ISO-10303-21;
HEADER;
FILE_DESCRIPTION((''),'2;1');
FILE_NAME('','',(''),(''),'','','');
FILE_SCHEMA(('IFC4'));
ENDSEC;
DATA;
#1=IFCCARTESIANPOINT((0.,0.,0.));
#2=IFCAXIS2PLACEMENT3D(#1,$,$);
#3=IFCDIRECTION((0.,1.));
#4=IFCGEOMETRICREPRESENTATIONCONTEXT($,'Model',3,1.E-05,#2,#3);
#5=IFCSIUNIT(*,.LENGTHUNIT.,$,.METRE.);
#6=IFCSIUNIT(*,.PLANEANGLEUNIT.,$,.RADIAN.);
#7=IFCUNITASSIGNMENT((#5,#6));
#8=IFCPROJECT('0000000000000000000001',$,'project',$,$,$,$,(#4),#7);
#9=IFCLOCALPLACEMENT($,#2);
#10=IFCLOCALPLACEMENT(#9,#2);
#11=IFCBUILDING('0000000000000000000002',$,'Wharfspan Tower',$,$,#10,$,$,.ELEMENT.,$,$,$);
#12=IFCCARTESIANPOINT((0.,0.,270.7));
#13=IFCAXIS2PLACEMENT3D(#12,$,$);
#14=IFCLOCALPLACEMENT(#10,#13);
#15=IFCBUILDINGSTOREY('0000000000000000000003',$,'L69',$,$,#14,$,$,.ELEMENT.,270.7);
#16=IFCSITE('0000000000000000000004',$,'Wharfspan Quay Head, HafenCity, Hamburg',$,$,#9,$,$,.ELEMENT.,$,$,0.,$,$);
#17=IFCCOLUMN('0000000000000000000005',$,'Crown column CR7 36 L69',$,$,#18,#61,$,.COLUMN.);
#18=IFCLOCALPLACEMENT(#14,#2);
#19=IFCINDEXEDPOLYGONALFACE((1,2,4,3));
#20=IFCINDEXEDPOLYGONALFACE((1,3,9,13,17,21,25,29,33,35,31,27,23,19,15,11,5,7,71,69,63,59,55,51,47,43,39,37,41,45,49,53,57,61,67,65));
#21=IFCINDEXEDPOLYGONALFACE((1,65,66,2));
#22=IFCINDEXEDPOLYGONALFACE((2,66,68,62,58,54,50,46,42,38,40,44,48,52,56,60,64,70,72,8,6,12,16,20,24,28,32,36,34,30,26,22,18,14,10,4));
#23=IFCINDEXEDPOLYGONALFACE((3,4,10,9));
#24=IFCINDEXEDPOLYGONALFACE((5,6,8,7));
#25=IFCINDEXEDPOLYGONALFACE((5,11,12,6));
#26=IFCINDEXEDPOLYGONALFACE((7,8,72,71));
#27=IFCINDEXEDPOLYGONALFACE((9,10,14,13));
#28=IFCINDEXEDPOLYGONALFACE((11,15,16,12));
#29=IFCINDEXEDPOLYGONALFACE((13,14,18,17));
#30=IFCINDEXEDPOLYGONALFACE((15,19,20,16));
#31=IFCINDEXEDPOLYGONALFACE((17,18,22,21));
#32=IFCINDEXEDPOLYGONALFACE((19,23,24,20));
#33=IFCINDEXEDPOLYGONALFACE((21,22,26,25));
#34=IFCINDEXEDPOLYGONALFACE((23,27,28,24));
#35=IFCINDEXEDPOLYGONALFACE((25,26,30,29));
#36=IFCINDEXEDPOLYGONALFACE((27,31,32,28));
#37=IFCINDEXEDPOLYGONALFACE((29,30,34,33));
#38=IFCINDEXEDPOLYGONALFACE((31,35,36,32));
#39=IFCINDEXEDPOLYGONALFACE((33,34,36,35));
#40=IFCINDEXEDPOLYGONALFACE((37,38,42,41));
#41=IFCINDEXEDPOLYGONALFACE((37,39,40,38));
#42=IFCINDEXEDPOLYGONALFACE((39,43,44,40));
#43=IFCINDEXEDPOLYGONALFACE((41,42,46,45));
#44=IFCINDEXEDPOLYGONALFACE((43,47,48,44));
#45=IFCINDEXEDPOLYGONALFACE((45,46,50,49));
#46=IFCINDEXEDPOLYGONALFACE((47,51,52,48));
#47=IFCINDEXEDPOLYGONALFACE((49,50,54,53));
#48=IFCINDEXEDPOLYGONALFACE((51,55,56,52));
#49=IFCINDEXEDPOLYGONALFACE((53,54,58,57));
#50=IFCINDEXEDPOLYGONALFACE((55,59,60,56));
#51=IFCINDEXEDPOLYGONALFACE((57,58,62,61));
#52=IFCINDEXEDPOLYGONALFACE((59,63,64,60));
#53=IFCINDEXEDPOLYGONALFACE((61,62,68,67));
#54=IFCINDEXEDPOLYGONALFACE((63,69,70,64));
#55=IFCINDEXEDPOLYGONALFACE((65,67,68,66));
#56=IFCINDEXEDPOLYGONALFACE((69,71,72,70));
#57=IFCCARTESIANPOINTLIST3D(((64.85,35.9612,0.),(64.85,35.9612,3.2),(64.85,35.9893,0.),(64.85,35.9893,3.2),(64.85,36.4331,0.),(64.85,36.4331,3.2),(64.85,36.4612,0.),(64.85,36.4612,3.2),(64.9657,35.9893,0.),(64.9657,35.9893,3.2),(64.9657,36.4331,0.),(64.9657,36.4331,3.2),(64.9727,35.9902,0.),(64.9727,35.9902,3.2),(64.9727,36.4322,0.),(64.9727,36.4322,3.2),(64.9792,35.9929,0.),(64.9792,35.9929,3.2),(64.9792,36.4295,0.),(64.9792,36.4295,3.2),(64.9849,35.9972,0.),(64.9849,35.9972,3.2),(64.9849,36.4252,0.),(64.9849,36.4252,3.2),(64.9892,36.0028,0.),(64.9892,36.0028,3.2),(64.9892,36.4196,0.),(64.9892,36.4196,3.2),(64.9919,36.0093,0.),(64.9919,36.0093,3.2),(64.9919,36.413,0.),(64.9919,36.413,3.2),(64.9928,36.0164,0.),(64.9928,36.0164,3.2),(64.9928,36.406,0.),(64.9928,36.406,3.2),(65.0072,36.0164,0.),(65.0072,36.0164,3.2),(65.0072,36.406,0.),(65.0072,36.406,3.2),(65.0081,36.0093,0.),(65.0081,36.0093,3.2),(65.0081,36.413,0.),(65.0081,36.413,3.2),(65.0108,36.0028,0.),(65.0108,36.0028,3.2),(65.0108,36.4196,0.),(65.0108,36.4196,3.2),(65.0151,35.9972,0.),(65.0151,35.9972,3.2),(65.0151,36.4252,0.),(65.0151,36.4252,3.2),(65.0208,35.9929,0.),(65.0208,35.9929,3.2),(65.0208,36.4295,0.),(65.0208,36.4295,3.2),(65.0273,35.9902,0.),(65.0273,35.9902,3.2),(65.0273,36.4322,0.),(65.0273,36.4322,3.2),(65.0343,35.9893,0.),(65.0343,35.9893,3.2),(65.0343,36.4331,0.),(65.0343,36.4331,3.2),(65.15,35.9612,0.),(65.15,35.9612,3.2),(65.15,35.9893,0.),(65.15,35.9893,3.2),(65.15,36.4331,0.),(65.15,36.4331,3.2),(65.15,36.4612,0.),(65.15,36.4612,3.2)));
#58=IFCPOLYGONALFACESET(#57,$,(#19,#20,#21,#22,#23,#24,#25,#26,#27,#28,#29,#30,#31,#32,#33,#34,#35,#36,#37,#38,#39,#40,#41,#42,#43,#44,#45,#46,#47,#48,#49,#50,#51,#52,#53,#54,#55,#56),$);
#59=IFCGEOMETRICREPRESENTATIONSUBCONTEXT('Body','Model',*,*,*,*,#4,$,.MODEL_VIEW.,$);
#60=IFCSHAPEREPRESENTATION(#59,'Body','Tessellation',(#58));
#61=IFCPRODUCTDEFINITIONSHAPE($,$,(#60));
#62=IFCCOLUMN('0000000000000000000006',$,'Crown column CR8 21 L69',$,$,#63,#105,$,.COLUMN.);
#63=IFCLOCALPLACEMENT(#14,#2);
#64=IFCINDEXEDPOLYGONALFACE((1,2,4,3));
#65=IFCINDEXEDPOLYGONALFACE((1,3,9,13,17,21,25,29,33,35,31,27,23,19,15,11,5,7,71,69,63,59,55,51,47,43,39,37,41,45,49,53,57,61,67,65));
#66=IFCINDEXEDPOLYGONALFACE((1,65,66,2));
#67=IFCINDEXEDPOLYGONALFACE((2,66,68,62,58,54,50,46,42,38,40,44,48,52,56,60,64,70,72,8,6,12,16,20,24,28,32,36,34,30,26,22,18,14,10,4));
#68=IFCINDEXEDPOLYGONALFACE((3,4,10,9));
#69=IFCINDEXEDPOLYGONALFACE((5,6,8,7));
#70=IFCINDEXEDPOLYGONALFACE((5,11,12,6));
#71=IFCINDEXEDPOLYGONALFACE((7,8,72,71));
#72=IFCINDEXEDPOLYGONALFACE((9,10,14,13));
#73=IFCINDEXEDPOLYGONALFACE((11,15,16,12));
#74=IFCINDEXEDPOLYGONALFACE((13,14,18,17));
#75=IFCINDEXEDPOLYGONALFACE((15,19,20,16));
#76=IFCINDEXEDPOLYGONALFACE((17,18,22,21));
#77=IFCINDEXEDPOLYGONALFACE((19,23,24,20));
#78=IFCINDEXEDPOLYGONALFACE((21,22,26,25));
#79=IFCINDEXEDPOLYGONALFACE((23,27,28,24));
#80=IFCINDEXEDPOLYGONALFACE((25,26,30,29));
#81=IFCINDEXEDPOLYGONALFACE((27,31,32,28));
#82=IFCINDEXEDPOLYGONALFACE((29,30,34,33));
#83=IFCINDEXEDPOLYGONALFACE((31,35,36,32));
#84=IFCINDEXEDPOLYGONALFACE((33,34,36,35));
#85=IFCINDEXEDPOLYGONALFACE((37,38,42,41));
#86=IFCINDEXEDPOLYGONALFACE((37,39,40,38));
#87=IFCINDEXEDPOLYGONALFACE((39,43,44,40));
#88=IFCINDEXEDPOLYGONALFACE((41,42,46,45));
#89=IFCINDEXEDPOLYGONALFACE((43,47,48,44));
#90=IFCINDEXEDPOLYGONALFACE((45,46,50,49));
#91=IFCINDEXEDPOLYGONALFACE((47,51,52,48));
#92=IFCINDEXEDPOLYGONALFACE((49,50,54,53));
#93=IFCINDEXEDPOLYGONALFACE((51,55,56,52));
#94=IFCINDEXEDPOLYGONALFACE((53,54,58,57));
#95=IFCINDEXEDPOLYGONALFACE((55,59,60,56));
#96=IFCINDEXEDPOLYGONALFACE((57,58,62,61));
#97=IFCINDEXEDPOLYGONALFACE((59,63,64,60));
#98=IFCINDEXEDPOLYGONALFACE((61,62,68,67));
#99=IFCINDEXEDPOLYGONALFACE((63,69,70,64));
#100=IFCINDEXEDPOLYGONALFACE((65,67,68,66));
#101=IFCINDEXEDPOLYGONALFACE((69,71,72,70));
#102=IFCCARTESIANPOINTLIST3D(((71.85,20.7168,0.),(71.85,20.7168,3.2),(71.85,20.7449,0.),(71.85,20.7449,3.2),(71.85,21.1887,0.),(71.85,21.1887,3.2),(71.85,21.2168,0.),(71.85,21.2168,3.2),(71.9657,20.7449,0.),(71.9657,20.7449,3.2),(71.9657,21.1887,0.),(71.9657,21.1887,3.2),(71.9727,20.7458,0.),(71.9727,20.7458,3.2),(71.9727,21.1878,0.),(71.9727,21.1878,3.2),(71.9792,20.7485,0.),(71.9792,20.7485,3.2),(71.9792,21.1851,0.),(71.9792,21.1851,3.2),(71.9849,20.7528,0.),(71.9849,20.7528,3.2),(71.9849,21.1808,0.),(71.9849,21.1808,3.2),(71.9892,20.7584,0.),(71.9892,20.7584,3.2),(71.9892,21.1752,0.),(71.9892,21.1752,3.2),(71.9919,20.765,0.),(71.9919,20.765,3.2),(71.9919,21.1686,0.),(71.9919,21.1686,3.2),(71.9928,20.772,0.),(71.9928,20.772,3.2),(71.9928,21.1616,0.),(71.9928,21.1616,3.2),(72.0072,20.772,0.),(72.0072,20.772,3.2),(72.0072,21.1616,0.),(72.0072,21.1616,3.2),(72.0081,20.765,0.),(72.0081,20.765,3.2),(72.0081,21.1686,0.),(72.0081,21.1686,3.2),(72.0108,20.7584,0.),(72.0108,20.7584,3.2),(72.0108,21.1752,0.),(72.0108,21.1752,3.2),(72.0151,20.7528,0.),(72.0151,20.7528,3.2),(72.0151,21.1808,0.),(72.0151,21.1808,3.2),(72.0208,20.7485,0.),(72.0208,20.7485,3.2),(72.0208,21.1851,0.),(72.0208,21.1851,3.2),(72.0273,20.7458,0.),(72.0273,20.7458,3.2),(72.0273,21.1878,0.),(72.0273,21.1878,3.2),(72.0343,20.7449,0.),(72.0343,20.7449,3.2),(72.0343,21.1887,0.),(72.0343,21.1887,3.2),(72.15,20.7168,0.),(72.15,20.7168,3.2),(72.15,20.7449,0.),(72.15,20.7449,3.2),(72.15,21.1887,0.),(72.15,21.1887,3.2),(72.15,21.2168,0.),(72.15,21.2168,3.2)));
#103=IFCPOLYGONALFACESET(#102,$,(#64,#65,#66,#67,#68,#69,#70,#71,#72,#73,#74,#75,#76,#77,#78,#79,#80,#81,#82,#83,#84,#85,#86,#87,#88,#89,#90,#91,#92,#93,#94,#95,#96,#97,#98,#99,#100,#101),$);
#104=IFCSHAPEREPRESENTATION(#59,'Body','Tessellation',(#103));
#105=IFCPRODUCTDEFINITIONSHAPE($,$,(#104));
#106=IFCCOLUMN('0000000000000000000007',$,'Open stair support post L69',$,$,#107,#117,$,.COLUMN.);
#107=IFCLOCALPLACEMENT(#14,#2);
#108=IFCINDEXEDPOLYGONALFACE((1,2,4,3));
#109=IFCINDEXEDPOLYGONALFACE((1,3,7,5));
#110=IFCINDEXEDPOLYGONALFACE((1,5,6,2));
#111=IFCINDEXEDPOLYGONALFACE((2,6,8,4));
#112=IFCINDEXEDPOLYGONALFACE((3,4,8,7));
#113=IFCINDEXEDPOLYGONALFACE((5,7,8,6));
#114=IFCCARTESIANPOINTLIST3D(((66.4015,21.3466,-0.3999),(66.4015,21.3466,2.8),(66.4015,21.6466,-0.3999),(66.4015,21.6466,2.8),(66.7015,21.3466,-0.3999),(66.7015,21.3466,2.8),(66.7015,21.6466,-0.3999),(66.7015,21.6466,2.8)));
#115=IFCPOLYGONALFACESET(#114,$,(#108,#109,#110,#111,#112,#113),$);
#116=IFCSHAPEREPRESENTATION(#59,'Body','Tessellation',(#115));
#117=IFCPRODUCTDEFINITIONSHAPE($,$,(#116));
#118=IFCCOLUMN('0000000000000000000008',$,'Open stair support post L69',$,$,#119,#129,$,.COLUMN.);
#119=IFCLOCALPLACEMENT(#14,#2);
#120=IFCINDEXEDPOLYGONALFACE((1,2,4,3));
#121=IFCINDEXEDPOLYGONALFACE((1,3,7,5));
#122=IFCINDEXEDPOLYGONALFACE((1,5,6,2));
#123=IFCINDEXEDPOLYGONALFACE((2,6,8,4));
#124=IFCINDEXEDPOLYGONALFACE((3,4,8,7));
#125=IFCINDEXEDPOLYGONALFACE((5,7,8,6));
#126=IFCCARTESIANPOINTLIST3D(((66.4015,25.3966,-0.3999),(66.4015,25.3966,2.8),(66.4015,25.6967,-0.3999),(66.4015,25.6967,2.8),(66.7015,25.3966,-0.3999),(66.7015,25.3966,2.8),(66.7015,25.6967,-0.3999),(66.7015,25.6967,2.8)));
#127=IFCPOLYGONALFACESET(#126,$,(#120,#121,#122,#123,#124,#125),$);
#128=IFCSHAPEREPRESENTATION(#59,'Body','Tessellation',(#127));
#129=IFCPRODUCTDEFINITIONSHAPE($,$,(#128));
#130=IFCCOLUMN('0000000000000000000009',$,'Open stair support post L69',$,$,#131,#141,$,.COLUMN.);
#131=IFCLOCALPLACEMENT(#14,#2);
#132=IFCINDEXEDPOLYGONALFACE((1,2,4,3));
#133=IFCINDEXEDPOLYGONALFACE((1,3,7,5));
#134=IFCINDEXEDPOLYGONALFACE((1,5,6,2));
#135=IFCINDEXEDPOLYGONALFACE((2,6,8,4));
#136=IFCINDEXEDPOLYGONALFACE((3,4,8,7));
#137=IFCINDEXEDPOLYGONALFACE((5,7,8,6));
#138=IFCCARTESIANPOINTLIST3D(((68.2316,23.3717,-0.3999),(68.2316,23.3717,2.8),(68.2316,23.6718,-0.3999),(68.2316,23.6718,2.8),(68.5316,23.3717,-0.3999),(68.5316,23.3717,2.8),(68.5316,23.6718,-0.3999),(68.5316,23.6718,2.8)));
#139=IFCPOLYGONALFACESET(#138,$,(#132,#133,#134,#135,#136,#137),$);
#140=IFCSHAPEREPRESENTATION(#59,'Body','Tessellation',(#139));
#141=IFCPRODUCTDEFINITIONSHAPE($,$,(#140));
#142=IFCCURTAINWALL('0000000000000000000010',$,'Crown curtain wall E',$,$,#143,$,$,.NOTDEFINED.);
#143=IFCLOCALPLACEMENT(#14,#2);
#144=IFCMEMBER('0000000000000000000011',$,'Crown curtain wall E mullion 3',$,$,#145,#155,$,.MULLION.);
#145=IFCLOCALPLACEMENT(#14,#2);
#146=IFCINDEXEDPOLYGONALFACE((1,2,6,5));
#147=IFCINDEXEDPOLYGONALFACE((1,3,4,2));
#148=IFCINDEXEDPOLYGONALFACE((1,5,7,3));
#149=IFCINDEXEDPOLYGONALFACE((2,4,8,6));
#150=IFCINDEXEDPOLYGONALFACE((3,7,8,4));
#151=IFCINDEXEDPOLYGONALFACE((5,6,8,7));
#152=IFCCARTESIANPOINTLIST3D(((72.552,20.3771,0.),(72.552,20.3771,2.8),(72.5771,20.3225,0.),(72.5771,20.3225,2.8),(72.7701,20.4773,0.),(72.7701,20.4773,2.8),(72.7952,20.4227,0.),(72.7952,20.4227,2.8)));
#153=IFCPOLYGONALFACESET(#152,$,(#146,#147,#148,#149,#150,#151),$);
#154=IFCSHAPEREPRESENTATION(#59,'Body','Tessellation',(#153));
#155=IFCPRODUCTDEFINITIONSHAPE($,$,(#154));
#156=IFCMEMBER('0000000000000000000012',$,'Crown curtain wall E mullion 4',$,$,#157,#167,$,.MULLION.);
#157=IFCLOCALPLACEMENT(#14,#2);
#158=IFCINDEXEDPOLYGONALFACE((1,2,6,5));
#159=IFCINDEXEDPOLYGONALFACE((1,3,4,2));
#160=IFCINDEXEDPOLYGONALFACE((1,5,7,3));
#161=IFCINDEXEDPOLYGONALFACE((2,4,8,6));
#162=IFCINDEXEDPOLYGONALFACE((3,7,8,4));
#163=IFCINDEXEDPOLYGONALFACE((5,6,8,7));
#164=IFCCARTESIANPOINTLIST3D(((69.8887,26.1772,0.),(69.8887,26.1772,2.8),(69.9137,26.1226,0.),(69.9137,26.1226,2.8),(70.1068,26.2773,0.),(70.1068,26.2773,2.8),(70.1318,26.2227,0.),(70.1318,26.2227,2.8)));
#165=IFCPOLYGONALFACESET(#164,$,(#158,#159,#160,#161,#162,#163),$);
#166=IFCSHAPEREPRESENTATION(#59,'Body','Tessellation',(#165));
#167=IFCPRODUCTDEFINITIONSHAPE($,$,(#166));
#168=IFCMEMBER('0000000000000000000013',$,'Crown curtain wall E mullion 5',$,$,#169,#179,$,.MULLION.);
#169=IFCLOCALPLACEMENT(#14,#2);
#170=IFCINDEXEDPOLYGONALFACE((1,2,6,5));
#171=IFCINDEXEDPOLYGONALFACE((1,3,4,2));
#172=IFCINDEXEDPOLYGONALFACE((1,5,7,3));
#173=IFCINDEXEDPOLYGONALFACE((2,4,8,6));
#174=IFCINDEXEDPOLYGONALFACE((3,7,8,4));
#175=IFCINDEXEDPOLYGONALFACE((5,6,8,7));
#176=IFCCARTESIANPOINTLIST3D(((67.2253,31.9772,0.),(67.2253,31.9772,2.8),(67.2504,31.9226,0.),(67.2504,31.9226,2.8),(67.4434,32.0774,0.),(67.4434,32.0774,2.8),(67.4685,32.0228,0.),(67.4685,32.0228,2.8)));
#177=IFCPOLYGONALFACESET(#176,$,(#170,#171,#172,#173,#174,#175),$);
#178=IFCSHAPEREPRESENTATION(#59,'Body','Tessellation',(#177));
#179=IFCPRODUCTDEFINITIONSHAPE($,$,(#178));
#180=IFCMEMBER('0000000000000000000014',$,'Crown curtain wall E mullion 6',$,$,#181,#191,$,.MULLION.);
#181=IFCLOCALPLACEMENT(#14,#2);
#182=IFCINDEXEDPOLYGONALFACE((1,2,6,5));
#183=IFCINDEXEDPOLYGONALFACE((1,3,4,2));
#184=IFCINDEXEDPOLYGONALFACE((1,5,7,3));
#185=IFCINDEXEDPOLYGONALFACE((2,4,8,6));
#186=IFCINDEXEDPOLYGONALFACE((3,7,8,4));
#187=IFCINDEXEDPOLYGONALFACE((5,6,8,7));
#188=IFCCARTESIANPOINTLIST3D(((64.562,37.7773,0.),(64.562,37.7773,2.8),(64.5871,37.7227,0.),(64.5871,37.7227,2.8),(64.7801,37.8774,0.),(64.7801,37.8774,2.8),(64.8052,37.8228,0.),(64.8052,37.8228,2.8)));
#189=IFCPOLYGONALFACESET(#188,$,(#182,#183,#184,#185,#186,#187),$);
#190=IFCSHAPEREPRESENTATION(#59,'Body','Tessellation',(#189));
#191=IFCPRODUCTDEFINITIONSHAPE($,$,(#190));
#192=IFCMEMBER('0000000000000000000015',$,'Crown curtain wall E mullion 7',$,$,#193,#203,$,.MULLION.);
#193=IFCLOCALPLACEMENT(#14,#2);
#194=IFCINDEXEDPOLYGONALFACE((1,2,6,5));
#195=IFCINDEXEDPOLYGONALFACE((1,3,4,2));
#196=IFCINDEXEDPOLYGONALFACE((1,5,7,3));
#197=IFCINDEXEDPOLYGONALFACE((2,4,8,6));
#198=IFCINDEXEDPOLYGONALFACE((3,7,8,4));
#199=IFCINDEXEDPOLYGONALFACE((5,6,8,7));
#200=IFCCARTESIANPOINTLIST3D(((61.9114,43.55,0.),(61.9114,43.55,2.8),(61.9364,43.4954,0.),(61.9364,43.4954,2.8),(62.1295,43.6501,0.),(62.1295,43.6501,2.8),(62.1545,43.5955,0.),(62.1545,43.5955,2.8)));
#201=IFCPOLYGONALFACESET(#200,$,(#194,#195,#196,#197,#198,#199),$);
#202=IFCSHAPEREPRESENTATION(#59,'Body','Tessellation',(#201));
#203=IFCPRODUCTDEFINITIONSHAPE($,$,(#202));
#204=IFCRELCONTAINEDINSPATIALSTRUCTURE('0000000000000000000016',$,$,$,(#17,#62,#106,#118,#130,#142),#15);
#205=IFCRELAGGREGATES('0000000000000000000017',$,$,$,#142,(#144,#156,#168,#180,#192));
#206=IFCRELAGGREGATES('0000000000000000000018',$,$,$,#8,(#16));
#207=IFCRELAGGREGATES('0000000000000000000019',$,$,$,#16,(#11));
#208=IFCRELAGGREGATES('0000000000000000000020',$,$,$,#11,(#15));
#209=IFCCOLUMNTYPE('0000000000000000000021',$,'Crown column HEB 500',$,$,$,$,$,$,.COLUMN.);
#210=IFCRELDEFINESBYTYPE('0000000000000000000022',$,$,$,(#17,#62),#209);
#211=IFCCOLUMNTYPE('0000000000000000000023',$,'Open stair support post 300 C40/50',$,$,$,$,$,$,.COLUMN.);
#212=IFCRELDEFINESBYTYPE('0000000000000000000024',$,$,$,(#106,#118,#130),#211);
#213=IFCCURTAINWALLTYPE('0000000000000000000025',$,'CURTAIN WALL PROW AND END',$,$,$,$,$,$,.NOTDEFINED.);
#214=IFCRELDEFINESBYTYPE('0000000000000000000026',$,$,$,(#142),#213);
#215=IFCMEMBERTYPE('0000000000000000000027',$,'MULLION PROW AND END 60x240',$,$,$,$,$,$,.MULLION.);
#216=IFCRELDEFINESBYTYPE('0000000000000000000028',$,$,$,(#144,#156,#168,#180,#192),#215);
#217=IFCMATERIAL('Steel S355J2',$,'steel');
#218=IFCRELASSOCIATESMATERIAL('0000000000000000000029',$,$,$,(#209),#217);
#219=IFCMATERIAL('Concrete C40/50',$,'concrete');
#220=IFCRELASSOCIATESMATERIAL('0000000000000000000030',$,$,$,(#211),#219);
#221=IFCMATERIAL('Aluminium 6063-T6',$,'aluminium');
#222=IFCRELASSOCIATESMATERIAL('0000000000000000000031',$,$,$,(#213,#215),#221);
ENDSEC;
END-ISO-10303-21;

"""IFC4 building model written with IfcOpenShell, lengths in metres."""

from ifc_helpers import new_model, si_unit, direction, frame, origin, origin_2d, place, context, subcontext, project, spatial, rectangle, i_section, extrude, material, material_profile, profile_set, type_object, element, aggregate, save


model = new_model("IFC4")

# Units and contexts
model_context = context("Model", 3, precision=1e-05, world=origin(), true_north=direction((0.0, 1.0)))
body_context = subcontext(model_context, "Body", "Model", "MODEL_VIEW")
ifc_project = project(units=[si_unit("LENGTHUNIT", "METRE"), si_unit("PLANEANGLEUNIT", "RADIAN")], contexts=[model_context])

# Site, building, storey
site_placement = place(None, origin())
site = spatial("IfcSite", under=ifc_project, at=site_placement, Name="Wharfspan Quay Head, HafenCity, Hamburg", CompositionType="ELEMENT", RefElevation=0.0)
building_placement = place(site_placement, origin())
building = spatial("IfcBuilding", under=site, at=building_placement, Name="Wharfspan Tower", CompositionType="ELEMENT")
storey_placement = place(building_placement, frame((0.0, 0.0, 270.7)))
storey = spatial("IfcBuildingStorey", under=building, at=storey_placement, Name="L69", CompositionType="ELEMENT", Elevation=270.7)

# Columns
ifc_material_1 = material(Name="Steel S355J2", Category="steel")
ifc_material_profile_1 = material_profile(ifc_material_1, i_section(OverallWidth=0.3, OverallDepth=0.5, WebThickness=0.0144, FlangeThickness=0.0281, FilletRadius=0.0271, at=origin_2d()))
ifc_profile_set_1 = profile_set([ifc_material_profile_1], Name="Steel S355J2")
column_type_1 = type_object("IfcColumnType", Name="Crown column HEB 500", PredefinedType="COLUMN", material=ifc_profile_set_1)
for number, where, z_axis, x_axis, name in (
    (1, (65.0, 36.2112, 0.0), (0.0, 0.0, 1.0), (1.0, 0.0, 0.0), "Crown column CR7 36 L69"),
    (2, (72.0, 20.9668, 0.0), (0.0, 0.0, 1.0), (1.0, 0.0, 0.0), "Crown column CR8 21 L69"),
):
    element("IfcColumn", number, at=place(storey_placement, frame(where, z_axis=z_axis, x_axis=x_axis)), inside=storey, type_object=column_type_1, Name=name, PredefinedType="COLUMN", context=body_context, shape_type="SweptSolid", body=[
        extrude(i_section(OverallWidth=0.3, OverallDepth=0.5, WebThickness=0.0144, FlangeThickness=0.0281, FilletRadius=0.0271, at=origin_2d()), origin(), (0.0, 0.0, 1.0), 3.2),
    ])
ifc_material_2 = material(Name="Concrete C40/50", Category="concrete")
ifc_material_profile_2 = material_profile(ifc_material_2, rectangle(XDim=0.3, YDim=0.3, at=origin_2d()))
ifc_profile_set_2 = profile_set([ifc_material_profile_2], Name="Concrete C40/50")
column_type_2 = type_object("IfcColumnType", Name="Open stair support post 300 C40/50", PredefinedType="COLUMN", material=ifc_profile_set_2)
for number, where, z_axis, x_axis, name in (
    (3, (66.5515, 21.4966, -0.3999), (0.0, 0.0, 1.0), (1.0, 0.0, 0.0), "Open stair support post L69"),
    (4, (66.5515, 25.5466, -0.3999), (0.0, 0.0, 1.0), (1.0, 0.0, 0.0), "Open stair support post L69"),
    (5, (68.3816, 23.5217, -0.3999), (0.0, 0.0, 1.0), (1.0, 0.0, 0.0), "Open stair support post L69"),
):
    element("IfcColumn", number, at=place(storey_placement, frame(where, z_axis=z_axis, x_axis=x_axis)), inside=storey, type_object=column_type_2, Name=name, PredefinedType="COLUMN", context=body_context, shape_type="SweptSolid", body=[
        extrude(rectangle(XDim=0.3, YDim=0.3, at=origin_2d()), origin(), (0.0, 0.0, 1.0), 3.2),
    ])

# Curtain wall, members
ifc_material_3 = material(Name="Aluminium 6063-T6", Category="aluminium")
curtain_wall_type = type_object("IfcCurtainWallType", Name="CURTAIN WALL PROW AND END", PredefinedType="NOTDEFINED", material=ifc_material_3)
curtain_wall_1_placement = place(storey_placement, origin())
curtain_wall_1 = element("IfcCurtainWall", 6, at=curtain_wall_1_placement, inside=storey, type_object=curtain_wall_type, Name="Crown curtain wall E", PredefinedType="NOTDEFINED")
ifc_material_profile_3 = material_profile(ifc_material_3, rectangle(XDim=0.24, YDim=0.0601, at=origin_2d()))
ifc_profile_set_3 = profile_set([ifc_material_profile_3], Name="Aluminium 6063-T6")
member_type_1 = type_object("IfcMemberType", Name="MULLION PROW AND END 60x240", PredefinedType="MULLION", material=ifc_profile_set_3)
member_1_placement = place(storey_placement, frame((72.6736, 20.3999, 0.0), z_axis=(0.0, 0.0, 1.0), x_axis=(-0.908769, -0.417292, 0.0)))
member_1 = element("IfcMember", 7, at=member_1_placement, type_object=member_type_1, Name="Crown curtain wall E mullion 3", PredefinedType="MULLION", context=body_context, shape_type="SweptSolid", body=[
    extrude(rectangle(XDim=0.24, YDim=0.0601, at=origin_2d()), origin(), (0.0, 0.0, 1.0), 2.8),
])
member_2_placement = place(storey_placement, frame((70.0103, 26.2, 0.0), z_axis=(0.0, 0.0, 1.0), x_axis=(-0.908769, -0.417292, 0.0)))
member_2 = element("IfcMember", 8, at=member_2_placement, type_object=member_type_1, Name="Crown curtain wall E mullion 4", PredefinedType="MULLION", context=body_context, shape_type="SweptSolid", body=[
    extrude(rectangle(XDim=0.24, YDim=0.0601, at=origin_2d()), origin(), (0.0, 0.0, 1.0), 2.8),
])
member_3_placement = place(storey_placement, frame((67.3469, 32.0, 0.0), z_axis=(0.0, 0.0, 1.0), x_axis=(-0.908769, -0.417292, 0.0)))
member_3 = element("IfcMember", 9, at=member_3_placement, type_object=member_type_1, Name="Crown curtain wall E mullion 5", PredefinedType="MULLION", context=body_context, shape_type="SweptSolid", body=[
    extrude(rectangle(XDim=0.24, YDim=0.0601, at=origin_2d()), origin(), (0.0, 0.0, 1.0), 2.8),
])
member_4_placement = place(storey_placement, frame((64.6836, 37.8, 0.0), z_axis=(0.0, 0.0, 1.0), x_axis=(-0.908769, -0.417292, 0.0)))
member_4 = element("IfcMember", 10, at=member_4_placement, type_object=member_type_1, Name="Crown curtain wall E mullion 6", PredefinedType="MULLION", context=body_context, shape_type="SweptSolid", body=[
    extrude(rectangle(XDim=0.24, YDim=0.0601, at=origin_2d()), origin(), (0.0, 0.0, 1.0), 2.8),
])
member_5_placement = place(storey_placement, frame((62.033, 43.5728, 0.0), z_axis=(0.0, 0.0, 1.0), x_axis=(-0.908769, -0.417292, 0.0)))
member_5 = element("IfcMember", 11, at=member_5_placement, type_object=member_type_1, Name="Crown curtain wall E mullion 7", PredefinedType="MULLION", context=body_context, shape_type="SweptSolid", body=[
    extrude(rectangle(XDim=0.24, YDim=0.0601, at=origin_2d()), origin(), (0.0, 0.0, 1.0), 2.8),
])

aggregate(curtain_wall_1, [member_1, member_2, member_3, member_4, member_5])

save(model, "model.ifc")
